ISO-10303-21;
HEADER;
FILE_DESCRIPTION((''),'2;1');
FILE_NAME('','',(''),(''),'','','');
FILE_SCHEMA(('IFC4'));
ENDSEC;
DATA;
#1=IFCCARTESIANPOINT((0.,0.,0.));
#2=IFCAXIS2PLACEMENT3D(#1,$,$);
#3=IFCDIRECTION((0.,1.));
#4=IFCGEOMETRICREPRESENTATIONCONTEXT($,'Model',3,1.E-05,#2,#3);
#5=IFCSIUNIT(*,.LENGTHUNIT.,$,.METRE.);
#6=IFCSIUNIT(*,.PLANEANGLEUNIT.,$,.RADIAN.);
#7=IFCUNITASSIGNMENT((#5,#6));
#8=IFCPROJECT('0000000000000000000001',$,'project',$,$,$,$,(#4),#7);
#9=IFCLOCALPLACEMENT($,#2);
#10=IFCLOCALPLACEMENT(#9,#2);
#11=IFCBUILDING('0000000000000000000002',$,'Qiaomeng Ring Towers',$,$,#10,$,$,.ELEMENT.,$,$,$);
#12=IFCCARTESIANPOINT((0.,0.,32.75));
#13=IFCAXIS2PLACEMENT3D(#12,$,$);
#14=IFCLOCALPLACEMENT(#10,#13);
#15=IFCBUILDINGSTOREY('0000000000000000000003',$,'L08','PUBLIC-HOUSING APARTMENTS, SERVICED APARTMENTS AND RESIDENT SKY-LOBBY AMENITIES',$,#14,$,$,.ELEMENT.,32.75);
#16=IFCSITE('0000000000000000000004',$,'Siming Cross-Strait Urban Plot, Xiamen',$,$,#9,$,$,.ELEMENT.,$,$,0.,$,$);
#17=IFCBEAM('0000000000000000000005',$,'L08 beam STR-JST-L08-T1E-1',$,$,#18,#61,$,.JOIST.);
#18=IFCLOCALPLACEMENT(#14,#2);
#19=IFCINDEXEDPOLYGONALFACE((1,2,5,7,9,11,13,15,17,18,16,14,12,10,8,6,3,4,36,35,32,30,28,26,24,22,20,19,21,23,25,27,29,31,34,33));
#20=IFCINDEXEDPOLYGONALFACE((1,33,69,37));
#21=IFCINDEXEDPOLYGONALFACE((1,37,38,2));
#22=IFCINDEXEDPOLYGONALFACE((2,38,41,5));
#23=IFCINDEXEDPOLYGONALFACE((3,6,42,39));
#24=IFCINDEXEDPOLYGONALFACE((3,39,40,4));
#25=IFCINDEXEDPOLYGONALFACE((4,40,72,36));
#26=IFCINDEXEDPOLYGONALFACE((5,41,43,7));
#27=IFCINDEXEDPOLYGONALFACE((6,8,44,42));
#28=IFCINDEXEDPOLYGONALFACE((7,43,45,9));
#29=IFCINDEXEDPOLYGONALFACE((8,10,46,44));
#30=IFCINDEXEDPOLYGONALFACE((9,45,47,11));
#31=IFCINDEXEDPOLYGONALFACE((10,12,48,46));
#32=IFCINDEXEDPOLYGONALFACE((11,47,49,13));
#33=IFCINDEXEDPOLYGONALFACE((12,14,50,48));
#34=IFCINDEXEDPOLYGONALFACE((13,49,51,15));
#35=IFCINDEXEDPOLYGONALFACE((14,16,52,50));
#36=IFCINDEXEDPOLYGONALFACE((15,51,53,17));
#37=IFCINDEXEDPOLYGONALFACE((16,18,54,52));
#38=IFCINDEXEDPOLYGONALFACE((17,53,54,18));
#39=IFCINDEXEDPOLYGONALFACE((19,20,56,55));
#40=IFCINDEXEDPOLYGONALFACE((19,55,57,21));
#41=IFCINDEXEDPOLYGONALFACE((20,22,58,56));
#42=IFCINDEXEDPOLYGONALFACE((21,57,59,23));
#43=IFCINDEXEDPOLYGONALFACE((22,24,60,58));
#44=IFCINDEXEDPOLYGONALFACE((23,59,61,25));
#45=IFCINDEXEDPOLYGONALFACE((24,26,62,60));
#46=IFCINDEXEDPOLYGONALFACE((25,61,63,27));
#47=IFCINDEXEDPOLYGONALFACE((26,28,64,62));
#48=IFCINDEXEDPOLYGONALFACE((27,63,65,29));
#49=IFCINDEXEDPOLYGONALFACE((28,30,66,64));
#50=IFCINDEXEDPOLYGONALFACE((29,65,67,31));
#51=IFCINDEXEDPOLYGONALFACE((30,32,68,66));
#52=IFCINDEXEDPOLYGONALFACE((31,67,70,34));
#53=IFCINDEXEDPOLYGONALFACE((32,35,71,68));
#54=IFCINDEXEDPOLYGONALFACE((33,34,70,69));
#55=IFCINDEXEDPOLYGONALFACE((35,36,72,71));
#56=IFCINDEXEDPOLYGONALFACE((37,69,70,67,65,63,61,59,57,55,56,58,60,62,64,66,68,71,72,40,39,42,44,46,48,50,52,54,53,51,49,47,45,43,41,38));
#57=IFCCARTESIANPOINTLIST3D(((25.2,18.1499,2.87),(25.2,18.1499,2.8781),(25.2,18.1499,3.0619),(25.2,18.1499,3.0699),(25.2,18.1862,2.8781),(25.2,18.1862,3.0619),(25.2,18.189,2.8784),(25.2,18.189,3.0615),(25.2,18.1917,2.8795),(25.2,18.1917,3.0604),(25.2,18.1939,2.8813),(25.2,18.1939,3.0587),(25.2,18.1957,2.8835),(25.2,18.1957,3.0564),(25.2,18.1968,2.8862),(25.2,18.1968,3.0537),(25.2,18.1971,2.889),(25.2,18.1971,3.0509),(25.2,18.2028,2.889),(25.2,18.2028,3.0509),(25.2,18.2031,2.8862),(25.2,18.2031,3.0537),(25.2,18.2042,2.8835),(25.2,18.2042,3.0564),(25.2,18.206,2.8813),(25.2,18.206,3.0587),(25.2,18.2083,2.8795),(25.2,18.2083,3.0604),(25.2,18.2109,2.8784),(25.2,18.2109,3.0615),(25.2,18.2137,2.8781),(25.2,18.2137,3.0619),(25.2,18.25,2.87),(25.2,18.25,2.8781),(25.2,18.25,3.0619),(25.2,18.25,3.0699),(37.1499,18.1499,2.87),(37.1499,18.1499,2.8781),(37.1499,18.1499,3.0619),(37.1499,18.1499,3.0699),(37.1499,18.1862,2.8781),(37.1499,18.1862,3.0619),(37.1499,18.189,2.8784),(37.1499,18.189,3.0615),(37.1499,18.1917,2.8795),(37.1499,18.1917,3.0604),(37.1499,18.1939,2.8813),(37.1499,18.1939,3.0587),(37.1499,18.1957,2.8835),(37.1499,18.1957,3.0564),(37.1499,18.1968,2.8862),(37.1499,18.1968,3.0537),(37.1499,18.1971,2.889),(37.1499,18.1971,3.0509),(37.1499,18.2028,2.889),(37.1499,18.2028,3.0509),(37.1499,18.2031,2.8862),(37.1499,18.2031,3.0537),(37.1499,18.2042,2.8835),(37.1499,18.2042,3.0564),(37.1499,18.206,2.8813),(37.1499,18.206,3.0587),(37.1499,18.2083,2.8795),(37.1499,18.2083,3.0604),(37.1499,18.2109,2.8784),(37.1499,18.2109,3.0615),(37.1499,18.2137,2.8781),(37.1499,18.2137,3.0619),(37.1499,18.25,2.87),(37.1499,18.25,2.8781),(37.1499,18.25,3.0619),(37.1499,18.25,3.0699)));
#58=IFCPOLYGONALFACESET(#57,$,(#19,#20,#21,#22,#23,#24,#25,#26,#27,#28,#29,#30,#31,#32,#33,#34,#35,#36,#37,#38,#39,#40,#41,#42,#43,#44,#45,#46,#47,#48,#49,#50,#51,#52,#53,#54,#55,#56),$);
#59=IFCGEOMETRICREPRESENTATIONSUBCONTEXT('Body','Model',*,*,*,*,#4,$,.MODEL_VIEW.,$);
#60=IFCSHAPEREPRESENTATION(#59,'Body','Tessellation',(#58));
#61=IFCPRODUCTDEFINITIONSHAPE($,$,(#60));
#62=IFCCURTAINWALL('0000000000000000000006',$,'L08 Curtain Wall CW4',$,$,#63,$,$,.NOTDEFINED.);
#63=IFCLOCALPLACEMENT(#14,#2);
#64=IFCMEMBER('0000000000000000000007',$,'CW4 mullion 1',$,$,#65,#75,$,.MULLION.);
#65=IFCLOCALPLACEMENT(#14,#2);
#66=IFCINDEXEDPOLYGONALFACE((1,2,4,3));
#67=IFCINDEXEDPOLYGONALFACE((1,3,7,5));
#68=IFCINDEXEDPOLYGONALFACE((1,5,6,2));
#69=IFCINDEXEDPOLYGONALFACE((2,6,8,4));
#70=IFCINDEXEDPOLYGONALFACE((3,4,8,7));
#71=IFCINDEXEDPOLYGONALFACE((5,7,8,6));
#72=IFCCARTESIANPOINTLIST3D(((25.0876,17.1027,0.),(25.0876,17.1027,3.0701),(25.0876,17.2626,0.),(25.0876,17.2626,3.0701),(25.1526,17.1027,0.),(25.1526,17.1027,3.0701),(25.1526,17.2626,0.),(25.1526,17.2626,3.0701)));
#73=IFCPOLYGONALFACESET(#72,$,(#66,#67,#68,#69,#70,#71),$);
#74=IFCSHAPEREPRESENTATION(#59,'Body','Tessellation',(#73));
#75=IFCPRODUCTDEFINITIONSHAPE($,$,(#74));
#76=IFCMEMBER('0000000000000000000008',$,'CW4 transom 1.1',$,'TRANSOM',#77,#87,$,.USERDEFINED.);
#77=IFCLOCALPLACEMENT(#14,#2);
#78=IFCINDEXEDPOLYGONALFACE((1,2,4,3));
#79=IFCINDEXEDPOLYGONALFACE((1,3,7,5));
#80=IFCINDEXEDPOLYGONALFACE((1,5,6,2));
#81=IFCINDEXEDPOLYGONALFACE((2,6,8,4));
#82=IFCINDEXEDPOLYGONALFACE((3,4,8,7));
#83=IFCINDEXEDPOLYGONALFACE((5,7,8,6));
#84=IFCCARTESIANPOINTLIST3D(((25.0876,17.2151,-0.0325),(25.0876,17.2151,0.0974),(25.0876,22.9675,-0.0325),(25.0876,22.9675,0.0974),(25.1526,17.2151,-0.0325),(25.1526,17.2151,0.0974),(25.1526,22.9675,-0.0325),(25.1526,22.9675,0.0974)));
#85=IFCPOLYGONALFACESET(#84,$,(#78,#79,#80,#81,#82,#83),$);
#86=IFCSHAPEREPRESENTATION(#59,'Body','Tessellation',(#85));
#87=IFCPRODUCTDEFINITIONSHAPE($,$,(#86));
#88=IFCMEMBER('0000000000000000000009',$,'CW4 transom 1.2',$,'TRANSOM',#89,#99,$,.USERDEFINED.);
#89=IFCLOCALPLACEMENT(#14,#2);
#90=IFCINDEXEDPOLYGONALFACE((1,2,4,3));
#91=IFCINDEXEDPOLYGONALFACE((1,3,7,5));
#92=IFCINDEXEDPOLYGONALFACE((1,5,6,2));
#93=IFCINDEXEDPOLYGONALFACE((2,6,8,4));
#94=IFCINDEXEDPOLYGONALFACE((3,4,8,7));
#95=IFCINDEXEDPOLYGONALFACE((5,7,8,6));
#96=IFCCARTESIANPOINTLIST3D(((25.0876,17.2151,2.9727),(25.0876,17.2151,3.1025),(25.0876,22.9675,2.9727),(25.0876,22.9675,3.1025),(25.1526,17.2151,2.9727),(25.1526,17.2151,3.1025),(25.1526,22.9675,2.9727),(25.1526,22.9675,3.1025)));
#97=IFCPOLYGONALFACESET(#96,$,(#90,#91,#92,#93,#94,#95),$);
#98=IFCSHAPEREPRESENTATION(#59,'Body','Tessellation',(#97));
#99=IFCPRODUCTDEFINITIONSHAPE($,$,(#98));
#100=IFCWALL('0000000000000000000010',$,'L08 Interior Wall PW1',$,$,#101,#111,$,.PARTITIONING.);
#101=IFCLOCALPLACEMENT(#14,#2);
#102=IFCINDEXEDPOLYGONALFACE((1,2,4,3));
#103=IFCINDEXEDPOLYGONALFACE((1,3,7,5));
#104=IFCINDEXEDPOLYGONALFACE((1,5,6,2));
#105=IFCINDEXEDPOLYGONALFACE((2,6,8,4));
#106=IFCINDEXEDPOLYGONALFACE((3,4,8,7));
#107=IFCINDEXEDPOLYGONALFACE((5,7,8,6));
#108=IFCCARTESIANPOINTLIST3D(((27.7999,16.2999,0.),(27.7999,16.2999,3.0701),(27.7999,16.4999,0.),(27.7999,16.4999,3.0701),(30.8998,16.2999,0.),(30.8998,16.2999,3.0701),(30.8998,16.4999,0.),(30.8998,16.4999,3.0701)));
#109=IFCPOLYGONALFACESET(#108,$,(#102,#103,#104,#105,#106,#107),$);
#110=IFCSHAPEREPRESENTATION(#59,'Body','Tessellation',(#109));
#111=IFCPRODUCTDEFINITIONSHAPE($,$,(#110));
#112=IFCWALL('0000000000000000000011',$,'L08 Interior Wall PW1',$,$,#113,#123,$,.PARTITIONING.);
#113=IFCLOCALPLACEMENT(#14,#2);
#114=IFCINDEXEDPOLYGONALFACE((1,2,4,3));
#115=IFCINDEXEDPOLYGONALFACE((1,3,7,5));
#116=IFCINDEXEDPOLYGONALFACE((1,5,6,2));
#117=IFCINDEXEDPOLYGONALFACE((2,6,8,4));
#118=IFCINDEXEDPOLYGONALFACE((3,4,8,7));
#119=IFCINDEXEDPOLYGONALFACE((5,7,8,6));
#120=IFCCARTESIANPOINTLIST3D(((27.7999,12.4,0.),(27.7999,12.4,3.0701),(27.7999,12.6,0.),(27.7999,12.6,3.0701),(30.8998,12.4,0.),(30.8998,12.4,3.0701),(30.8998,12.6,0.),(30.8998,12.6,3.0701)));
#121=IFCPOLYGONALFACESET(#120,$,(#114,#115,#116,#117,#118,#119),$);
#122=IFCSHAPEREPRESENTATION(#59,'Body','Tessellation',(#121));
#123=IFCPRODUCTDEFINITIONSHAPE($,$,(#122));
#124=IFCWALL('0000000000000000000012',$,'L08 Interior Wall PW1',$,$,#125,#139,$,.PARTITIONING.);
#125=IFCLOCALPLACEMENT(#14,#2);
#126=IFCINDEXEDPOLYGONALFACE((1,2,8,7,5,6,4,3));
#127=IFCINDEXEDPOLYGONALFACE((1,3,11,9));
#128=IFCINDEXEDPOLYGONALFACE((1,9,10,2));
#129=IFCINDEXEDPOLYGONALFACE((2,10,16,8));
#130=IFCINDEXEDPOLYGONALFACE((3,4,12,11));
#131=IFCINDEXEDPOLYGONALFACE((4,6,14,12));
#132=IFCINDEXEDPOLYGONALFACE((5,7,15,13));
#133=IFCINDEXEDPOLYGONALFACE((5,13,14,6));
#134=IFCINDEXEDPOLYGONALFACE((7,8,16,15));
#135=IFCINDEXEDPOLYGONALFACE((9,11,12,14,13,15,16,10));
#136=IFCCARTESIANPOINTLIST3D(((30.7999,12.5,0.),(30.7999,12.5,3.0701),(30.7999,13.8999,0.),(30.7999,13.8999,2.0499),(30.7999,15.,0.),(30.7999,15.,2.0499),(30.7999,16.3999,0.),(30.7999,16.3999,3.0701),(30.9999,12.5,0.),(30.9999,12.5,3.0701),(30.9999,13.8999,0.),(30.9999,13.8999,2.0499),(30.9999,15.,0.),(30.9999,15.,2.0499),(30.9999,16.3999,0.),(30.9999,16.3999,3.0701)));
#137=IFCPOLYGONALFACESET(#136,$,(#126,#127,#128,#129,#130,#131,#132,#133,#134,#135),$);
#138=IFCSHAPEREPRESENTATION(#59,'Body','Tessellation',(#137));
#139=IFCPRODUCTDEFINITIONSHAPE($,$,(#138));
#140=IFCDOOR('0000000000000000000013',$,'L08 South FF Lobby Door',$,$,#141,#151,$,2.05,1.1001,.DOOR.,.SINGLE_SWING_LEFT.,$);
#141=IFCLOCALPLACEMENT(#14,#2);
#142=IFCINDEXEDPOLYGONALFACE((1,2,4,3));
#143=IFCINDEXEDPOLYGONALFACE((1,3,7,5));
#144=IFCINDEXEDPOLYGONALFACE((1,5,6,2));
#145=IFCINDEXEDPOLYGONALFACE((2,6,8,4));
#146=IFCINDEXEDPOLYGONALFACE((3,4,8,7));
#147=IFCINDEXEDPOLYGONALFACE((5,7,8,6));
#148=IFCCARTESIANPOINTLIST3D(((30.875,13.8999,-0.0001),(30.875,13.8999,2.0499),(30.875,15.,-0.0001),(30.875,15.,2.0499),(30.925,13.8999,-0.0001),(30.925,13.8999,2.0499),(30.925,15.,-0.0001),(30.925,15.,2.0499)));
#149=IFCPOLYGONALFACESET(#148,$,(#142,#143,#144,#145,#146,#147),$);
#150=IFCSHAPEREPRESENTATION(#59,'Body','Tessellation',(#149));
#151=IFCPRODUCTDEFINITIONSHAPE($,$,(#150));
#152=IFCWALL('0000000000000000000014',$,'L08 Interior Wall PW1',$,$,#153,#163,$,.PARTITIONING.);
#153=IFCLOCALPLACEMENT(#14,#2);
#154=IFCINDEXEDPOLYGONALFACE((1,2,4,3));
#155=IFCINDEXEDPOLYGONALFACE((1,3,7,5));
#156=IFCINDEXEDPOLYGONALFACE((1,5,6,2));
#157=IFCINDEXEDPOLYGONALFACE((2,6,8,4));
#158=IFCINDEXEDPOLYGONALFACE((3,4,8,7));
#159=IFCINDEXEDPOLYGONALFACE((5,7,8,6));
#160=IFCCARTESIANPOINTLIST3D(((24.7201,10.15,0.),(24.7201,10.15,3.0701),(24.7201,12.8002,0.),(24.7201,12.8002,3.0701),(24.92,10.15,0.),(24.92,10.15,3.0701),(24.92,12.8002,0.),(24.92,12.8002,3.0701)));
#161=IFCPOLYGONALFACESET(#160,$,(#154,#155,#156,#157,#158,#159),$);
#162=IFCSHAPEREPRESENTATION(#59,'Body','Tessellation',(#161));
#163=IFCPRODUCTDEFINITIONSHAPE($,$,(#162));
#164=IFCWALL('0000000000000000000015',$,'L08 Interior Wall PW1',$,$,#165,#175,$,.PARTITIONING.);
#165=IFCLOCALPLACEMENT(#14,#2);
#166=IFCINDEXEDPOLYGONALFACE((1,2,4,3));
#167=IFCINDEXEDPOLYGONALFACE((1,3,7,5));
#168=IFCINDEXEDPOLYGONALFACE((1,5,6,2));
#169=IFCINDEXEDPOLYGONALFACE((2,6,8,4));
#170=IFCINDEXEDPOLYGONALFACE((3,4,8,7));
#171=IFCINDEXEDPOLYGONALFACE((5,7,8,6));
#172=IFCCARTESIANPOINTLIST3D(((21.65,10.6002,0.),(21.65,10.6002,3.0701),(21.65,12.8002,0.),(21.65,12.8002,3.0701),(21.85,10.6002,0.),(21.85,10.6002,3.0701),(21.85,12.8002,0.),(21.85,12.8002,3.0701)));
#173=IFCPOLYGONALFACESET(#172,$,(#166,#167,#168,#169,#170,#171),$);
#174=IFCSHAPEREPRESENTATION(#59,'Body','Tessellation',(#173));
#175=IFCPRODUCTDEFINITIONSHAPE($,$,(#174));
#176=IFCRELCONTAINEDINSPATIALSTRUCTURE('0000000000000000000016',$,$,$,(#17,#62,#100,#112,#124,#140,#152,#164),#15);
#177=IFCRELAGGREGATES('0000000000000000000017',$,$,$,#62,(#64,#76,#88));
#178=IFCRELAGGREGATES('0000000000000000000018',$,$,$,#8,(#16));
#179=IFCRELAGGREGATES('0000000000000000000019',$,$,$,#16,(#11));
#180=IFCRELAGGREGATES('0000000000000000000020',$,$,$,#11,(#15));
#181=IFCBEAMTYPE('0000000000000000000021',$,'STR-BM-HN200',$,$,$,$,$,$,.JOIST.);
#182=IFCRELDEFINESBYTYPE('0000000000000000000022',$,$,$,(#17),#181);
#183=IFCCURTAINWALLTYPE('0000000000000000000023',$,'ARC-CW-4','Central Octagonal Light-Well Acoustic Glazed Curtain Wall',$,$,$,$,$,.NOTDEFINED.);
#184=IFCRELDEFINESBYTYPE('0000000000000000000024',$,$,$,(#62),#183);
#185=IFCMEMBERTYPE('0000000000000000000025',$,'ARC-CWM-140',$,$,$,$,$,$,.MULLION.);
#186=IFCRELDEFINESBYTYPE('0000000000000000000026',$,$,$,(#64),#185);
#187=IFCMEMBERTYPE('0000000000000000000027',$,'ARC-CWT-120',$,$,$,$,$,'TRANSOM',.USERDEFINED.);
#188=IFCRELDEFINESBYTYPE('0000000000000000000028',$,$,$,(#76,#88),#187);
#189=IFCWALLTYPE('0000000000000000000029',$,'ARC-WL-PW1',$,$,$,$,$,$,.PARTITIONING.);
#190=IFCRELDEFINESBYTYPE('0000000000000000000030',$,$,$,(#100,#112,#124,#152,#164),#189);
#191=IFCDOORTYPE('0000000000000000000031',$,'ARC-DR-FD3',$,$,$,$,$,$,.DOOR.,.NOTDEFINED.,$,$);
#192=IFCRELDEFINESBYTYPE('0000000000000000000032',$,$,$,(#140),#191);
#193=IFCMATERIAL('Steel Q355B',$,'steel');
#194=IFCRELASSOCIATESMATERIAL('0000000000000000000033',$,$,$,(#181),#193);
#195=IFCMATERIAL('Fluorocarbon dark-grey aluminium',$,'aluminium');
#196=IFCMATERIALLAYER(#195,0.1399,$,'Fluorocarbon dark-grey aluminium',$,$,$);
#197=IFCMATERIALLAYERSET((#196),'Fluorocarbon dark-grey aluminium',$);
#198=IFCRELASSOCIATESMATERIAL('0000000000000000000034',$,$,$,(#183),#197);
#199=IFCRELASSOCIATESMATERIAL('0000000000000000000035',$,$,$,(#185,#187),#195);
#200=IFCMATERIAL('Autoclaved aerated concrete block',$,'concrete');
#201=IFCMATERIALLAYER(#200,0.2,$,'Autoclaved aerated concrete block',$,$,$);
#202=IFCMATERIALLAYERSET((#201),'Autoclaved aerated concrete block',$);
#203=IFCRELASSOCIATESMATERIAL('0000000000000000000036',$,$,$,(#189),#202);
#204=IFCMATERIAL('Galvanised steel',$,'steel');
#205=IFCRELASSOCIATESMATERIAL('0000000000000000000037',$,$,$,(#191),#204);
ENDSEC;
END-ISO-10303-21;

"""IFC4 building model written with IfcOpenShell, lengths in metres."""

from ifc_helpers import new_model, si_unit, direction, frame, frame_2d, origin, origin_2d, place, context, subcontext, project, spatial, rectangle, i_section, extrude, source, transform, mapped, material, layer, layer_set, material_profile, profile_set, type_object, element, fill, aggregate, save


model = new_model("IFC4")

# Units and contexts
model_context = context("Model", 3, precision=1e-05, world=origin(), true_north=direction((0.0, 1.0)))
body_context = subcontext(model_context, "Body", "Model", "MODEL_VIEW")
ifc_project = project(units=[si_unit("LENGTHUNIT", "METRE"), si_unit("PLANEANGLEUNIT", "RADIAN")], contexts=[model_context])

# Site, building, storey
site_placement = place(None, origin())
site = spatial("IfcSite", under=ifc_project, at=site_placement, Name="Siming Cross-Strait Urban Plot, Xiamen", CompositionType="ELEMENT", RefElevation=0.0)
building_placement = place(site_placement, origin())
building = spatial("IfcBuilding", under=site, at=building_placement, Name="Qiaomeng Ring Towers", CompositionType="ELEMENT")
storey_placement = place(building_placement, frame((0.0, 0.0, 32.75)))
storey = spatial("IfcBuildingStorey", under=building, at=storey_placement, Name="L08", Description="PUBLIC-HOUSING APARTMENTS, SERVICED APARTMENTS AND RESIDENT SKY-LOBBY AMENITIES", CompositionType="ELEMENT", Elevation=32.75)

# Beam
ifc_material_1 = material(Name="Steel Q355B", Category="steel")
ifc_material_profile_1 = material_profile(ifc_material_1, i_section(OverallWidth=0.1001, OverallDepth=0.2, WebThickness=0.0056, FlangeThickness=0.0081, FilletRadius=0.011, at=origin_2d()), Name="HN 200x100x5.5x8")
ifc_profile_set_1 = profile_set([ifc_material_profile_1], Name="Steel Q355B")
beam_type_1 = type_object("IfcBeamType", Name="STR-BM-HN200", PredefinedType="JOIST", material=ifc_profile_set_1)
shared_shape_1 = source(origin(), body_context, "Body", "SweptSolid", [
    extrude(i_section(OverallWidth=0.1001, OverallDepth=0.2, WebThickness=0.0056, FlangeThickness=0.0081, FilletRadius=0.011, at=origin_2d()), origin(), (0.0, 0.0, 1.0), 11.95),
])
beam_1_placement = place(storey_placement, frame((25.2, 18.2, 2.97), z_axis=(1.0, 0.0, 0.0), x_axis=(0.0, 1.0, 0.0)))
element("IfcBeam", 1, at=beam_1_placement, inside=storey, type_object=beam_type_1, Name="L08 beam STR-JST-L08-T1E-1", PredefinedType="JOIST", context=body_context, shape_type="MappedRepresentation", body=[
    mapped(shared_shape_1, transform((0.0, 0.0, 0.0), x_axis=(1.0, 0.0, 0.0), y_axis=(0.0, 1.0, 0.0), z_axis=(0.0, 0.0, 1.0), scale=1.0)),
])

# Curtain wall, members
ifc_material_2 = material(Name="Fluorocarbon dark-grey aluminium", Category="aluminium")
ifc_layer_1 = layer(ifc_material_2, 0.1399, Name="Fluorocarbon dark-grey aluminium")
ifc_layer_set_1 = layer_set([ifc_layer_1], Name="Fluorocarbon dark-grey aluminium")
curtain_wall_type = type_object("IfcCurtainWallType", Name="ARC-CW-4", Description="Central Octagonal Light-Well Acoustic Glazed Curtain Wall", PredefinedType="NOTDEFINED", material=ifc_layer_set_1)
curtain_wall_placement = place(storey_placement, origin())
curtain_wall = element("IfcCurtainWall", 2, at=curtain_wall_placement, inside=storey, type_object=curtain_wall_type, Name="L08 Curtain Wall CW4", PredefinedType="NOTDEFINED")
ifc_material_profile_2 = material_profile(ifc_material_2, rectangle(XDim=0.0649, YDim=0.1599, at=origin_2d()), Name="ALU MULL 65x160")
ifc_profile_set_2 = profile_set([ifc_material_profile_2], Name="Fluorocarbon dark-grey aluminium")
member_type_1 = type_object("IfcMemberType", Name="ARC-CWM-140", PredefinedType="MULLION", material=ifc_profile_set_2)
shared_shape_2 = source(origin(), body_context, "Body", "SweptSolid", [
    extrude(rectangle(XDim=0.0649, YDim=0.1599, at=origin_2d()), origin(), (0.0, 0.0, 1.0), 3.0701),
])
member_1_placement = place(storey_placement, frame((25.1201, 17.1826, 0.0), z_axis=(0.0, 0.0, 1.0), x_axis=(-1.0, 0.0, 0.0)))
member_1 = element("IfcMember", 3, at=member_1_placement, type_object=member_type_1, Name="CW4 mullion 1", PredefinedType="MULLION", context=body_context, shape_type="MappedRepresentation", body=[
    mapped(shared_shape_2, transform((0.0, 0.0, 0.0), x_axis=(1.0, 0.0, 0.0), y_axis=(0.0, 1.0, 0.0), z_axis=(0.0, 0.0, 1.0), scale=1.0)),
])
ifc_material_profile_3 = material_profile(ifc_material_2, rectangle(XDim=0.0649, YDim=0.1299, at=origin_2d()), Name="ALU TRAN 65x130")
ifc_profile_set_3 = profile_set([ifc_material_profile_3], Name="Fluorocarbon dark-grey aluminium")
member_type_2 = type_object("IfcMemberType", Name="ARC-CWT-120", ElementType="TRANSOM", PredefinedType="USERDEFINED", material=ifc_profile_set_3)
shared_shape_3 = source(origin(), body_context, "Body", "SweptSolid", [
    extrude(rectangle(XDim=0.0649, YDim=0.1299, at=origin_2d()), origin(), (0.0, 0.0, 1.0), 5.7524),
])
member_2_placement = place(storey_placement, frame((25.1201, 17.2151, 0.0325), z_axis=(0.0, 1.0, 0.0), x_axis=(-1.0, 0.0, 0.0)))
member_2 = element("IfcMember", 4, at=member_2_placement, type_object=member_type_2, Name="CW4 transom 1.1", ObjectType="TRANSOM", PredefinedType="USERDEFINED", context=body_context, shape_type="MappedRepresentation", body=[
    mapped(shared_shape_3, transform((0.0, 0.0, 0.0), x_axis=(1.0, 0.0, 0.0), y_axis=(0.0, 1.0, 0.0), z_axis=(0.0, 0.0, 1.0), scale=1.0)),
])
member_3_placement = place(storey_placement, frame((25.1201, 17.2151, 3.0376), z_axis=(0.0, 1.0, 0.0), x_axis=(-1.0, 0.0, 0.0)))
member_3 = element("IfcMember", 5, at=member_3_placement, type_object=member_type_2, Name="CW4 transom 1.2", ObjectType="TRANSOM", PredefinedType="USERDEFINED", context=body_context, shape_type="MappedRepresentation", body=[
    mapped(shared_shape_3, transform((0.0, 0.0, 0.0), x_axis=(1.0, 0.0, 0.0), y_axis=(0.0, 1.0, 0.0), z_axis=(0.0, 0.0, 1.0), scale=1.0)),
])
aggregate(curtain_wall, [member_1, member_2, member_3])

# Walls
ifc_material_3 = material(Name="Autoclaved aerated concrete block", Category="concrete")
ifc_layer_2 = layer(ifc_material_3, 0.2, Name="Autoclaved aerated concrete block")
ifc_layer_set_2 = layer_set([ifc_layer_2], Name="Autoclaved aerated concrete block")
wall_type_1 = type_object("IfcWallType", Name="ARC-WL-PW1", PredefinedType="PARTITIONING", material=ifc_layer_set_2)
for number, where, z_axis, x_axis, name in (
    (6, (27.8, 16.3999, 0.0), (0.0, 0.0, 1.0), (1.0, 0.0, 0.0), "L08 Interior Wall PW1"),
    (7, (27.8, 12.5, 0.0), (0.0, 0.0, 1.0), (1.0, 0.0, 0.0), "L08 Interior Wall PW1"),
):
    element("IfcWall", number, at=place(storey_placement, frame(where, z_axis=z_axis, x_axis=x_axis)), inside=storey, type_object=wall_type_1, Name=name, PredefinedType="PARTITIONING", context=body_context, shape_type="SweptSolid", body=[
        extrude(rectangle(XDim=3.0999, YDim=0.2, at=frame_2d((1.5498, 0.0))), origin(), (0.0, 0.0, 1.0), 3.0701),
    ])

# Wall, opening, door
wall_1_placement = place(storey_placement, frame((30.8999, 12.5, 0.0), z_axis=(0.0, 0.0, 1.0), x_axis=(0.0, 1.0, 0.0)))
wall_1 = element("IfcWall", 8, at=wall_1_placement, inside=storey, type_object=wall_type_1, Name="L08 Interior Wall PW1", PredefinedType="PARTITIONING", context=body_context, shape_type="SweptSolid", body=[
    extrude(rectangle(XDim=3.8999, YDim=0.2, at=frame_2d((1.95, 0.0))), origin(), (0.0, 0.0, 1.0), 3.0701),
])
opening_1_placement = place(wall_1_placement, frame((1.3999, 0.0, 0.0)))
opening_1 = element("IfcOpeningElement", 9, at=opening_1_placement, cuts=wall_1, PredefinedType="OPENING", context=body_context, shape_type="SweptSolid", body=[
    extrude(rectangle(XDim=1.1001, YDim=2.05, at=frame_2d((0.55, 1.0249))), frame((0.0, 0.1099, 0.0), z_axis=(0.0, -1.0, 0.0), x_axis=(1.0, 0.0, 0.0)), (0.0, 0.0, 1.0), 0.22),
])
ifc_material_4 = material(Name="Galvanised steel", Category="steel")
door_type_1 = type_object("IfcDoorType", Name="ARC-DR-FD3", OperationType="NOTDEFINED", PredefinedType="DOOR", material=ifc_material_4)
shared_shape_4 = source(origin(), body_context, "Body", "SweptSolid", [
    extrude(rectangle(XDim=1.1001, YDim=2.05, at=frame_2d((0.55, 1.0249))), frame((0.0, 0.0249, 0.0), z_axis=(0.0, -1.0, 0.0), x_axis=(1.0, 0.0, 0.0)), (0.0, 0.0, 1.0), 0.05),
])
door_1_placement = place(opening_1_placement, origin())
door_1 = element("IfcDoor", 10, at=door_1_placement, inside=storey, type_object=door_type_1, Name="L08 South FF Lobby Door", OperationType="SINGLE_SWING_LEFT", OverallHeight=2.05, OverallWidth=1.1001, PredefinedType="DOOR", context=body_context, shape_type="MappedRepresentation", body=[
    mapped(shared_shape_4, transform((0.0, 0.0, 0.0), x_axis=(1.0, 0.0, 0.0), y_axis=(0.0, 1.0, 0.0), z_axis=(0.0, 0.0, 1.0), scale=1.0)),
])
fill(opening_1, door_1)

# Walls
wall_2_placement = place(storey_placement, frame((24.8201, 10.1499, 0.0), z_axis=(0.0, 0.0, 1.0), x_axis=(0.0, 1.0, 0.0)))
element("IfcWall", 11, at=wall_2_placement, inside=storey, type_object=wall_type_1, Name="L08 Interior Wall PW1", PredefinedType="PARTITIONING", context=body_context, shape_type="SweptSolid", body=[
    extrude(rectangle(XDim=2.6501, YDim=0.2, at=frame_2d((1.3252, 0.0))), origin(), (0.0, 0.0, 1.0), 3.0701),
])
wall_3_placement = place(storey_placement, frame((21.75, 10.6001, 0.0), z_axis=(0.0, 0.0, 1.0), x_axis=(0.0, 1.0, 0.0)))
element("IfcWall", 12, at=wall_3_placement, inside=storey, type_object=wall_type_1, Name="L08 Interior Wall PW1", PredefinedType="PARTITIONING", context=body_context, shape_type="SweptSolid", body=[
    extrude(rectangle(XDim=2.2, YDim=0.2, at=frame_2d((1.1001, 0.0))), origin(), (0.0, 0.0, 1.0), 3.0701),
])

save(model, "model.ifc")
